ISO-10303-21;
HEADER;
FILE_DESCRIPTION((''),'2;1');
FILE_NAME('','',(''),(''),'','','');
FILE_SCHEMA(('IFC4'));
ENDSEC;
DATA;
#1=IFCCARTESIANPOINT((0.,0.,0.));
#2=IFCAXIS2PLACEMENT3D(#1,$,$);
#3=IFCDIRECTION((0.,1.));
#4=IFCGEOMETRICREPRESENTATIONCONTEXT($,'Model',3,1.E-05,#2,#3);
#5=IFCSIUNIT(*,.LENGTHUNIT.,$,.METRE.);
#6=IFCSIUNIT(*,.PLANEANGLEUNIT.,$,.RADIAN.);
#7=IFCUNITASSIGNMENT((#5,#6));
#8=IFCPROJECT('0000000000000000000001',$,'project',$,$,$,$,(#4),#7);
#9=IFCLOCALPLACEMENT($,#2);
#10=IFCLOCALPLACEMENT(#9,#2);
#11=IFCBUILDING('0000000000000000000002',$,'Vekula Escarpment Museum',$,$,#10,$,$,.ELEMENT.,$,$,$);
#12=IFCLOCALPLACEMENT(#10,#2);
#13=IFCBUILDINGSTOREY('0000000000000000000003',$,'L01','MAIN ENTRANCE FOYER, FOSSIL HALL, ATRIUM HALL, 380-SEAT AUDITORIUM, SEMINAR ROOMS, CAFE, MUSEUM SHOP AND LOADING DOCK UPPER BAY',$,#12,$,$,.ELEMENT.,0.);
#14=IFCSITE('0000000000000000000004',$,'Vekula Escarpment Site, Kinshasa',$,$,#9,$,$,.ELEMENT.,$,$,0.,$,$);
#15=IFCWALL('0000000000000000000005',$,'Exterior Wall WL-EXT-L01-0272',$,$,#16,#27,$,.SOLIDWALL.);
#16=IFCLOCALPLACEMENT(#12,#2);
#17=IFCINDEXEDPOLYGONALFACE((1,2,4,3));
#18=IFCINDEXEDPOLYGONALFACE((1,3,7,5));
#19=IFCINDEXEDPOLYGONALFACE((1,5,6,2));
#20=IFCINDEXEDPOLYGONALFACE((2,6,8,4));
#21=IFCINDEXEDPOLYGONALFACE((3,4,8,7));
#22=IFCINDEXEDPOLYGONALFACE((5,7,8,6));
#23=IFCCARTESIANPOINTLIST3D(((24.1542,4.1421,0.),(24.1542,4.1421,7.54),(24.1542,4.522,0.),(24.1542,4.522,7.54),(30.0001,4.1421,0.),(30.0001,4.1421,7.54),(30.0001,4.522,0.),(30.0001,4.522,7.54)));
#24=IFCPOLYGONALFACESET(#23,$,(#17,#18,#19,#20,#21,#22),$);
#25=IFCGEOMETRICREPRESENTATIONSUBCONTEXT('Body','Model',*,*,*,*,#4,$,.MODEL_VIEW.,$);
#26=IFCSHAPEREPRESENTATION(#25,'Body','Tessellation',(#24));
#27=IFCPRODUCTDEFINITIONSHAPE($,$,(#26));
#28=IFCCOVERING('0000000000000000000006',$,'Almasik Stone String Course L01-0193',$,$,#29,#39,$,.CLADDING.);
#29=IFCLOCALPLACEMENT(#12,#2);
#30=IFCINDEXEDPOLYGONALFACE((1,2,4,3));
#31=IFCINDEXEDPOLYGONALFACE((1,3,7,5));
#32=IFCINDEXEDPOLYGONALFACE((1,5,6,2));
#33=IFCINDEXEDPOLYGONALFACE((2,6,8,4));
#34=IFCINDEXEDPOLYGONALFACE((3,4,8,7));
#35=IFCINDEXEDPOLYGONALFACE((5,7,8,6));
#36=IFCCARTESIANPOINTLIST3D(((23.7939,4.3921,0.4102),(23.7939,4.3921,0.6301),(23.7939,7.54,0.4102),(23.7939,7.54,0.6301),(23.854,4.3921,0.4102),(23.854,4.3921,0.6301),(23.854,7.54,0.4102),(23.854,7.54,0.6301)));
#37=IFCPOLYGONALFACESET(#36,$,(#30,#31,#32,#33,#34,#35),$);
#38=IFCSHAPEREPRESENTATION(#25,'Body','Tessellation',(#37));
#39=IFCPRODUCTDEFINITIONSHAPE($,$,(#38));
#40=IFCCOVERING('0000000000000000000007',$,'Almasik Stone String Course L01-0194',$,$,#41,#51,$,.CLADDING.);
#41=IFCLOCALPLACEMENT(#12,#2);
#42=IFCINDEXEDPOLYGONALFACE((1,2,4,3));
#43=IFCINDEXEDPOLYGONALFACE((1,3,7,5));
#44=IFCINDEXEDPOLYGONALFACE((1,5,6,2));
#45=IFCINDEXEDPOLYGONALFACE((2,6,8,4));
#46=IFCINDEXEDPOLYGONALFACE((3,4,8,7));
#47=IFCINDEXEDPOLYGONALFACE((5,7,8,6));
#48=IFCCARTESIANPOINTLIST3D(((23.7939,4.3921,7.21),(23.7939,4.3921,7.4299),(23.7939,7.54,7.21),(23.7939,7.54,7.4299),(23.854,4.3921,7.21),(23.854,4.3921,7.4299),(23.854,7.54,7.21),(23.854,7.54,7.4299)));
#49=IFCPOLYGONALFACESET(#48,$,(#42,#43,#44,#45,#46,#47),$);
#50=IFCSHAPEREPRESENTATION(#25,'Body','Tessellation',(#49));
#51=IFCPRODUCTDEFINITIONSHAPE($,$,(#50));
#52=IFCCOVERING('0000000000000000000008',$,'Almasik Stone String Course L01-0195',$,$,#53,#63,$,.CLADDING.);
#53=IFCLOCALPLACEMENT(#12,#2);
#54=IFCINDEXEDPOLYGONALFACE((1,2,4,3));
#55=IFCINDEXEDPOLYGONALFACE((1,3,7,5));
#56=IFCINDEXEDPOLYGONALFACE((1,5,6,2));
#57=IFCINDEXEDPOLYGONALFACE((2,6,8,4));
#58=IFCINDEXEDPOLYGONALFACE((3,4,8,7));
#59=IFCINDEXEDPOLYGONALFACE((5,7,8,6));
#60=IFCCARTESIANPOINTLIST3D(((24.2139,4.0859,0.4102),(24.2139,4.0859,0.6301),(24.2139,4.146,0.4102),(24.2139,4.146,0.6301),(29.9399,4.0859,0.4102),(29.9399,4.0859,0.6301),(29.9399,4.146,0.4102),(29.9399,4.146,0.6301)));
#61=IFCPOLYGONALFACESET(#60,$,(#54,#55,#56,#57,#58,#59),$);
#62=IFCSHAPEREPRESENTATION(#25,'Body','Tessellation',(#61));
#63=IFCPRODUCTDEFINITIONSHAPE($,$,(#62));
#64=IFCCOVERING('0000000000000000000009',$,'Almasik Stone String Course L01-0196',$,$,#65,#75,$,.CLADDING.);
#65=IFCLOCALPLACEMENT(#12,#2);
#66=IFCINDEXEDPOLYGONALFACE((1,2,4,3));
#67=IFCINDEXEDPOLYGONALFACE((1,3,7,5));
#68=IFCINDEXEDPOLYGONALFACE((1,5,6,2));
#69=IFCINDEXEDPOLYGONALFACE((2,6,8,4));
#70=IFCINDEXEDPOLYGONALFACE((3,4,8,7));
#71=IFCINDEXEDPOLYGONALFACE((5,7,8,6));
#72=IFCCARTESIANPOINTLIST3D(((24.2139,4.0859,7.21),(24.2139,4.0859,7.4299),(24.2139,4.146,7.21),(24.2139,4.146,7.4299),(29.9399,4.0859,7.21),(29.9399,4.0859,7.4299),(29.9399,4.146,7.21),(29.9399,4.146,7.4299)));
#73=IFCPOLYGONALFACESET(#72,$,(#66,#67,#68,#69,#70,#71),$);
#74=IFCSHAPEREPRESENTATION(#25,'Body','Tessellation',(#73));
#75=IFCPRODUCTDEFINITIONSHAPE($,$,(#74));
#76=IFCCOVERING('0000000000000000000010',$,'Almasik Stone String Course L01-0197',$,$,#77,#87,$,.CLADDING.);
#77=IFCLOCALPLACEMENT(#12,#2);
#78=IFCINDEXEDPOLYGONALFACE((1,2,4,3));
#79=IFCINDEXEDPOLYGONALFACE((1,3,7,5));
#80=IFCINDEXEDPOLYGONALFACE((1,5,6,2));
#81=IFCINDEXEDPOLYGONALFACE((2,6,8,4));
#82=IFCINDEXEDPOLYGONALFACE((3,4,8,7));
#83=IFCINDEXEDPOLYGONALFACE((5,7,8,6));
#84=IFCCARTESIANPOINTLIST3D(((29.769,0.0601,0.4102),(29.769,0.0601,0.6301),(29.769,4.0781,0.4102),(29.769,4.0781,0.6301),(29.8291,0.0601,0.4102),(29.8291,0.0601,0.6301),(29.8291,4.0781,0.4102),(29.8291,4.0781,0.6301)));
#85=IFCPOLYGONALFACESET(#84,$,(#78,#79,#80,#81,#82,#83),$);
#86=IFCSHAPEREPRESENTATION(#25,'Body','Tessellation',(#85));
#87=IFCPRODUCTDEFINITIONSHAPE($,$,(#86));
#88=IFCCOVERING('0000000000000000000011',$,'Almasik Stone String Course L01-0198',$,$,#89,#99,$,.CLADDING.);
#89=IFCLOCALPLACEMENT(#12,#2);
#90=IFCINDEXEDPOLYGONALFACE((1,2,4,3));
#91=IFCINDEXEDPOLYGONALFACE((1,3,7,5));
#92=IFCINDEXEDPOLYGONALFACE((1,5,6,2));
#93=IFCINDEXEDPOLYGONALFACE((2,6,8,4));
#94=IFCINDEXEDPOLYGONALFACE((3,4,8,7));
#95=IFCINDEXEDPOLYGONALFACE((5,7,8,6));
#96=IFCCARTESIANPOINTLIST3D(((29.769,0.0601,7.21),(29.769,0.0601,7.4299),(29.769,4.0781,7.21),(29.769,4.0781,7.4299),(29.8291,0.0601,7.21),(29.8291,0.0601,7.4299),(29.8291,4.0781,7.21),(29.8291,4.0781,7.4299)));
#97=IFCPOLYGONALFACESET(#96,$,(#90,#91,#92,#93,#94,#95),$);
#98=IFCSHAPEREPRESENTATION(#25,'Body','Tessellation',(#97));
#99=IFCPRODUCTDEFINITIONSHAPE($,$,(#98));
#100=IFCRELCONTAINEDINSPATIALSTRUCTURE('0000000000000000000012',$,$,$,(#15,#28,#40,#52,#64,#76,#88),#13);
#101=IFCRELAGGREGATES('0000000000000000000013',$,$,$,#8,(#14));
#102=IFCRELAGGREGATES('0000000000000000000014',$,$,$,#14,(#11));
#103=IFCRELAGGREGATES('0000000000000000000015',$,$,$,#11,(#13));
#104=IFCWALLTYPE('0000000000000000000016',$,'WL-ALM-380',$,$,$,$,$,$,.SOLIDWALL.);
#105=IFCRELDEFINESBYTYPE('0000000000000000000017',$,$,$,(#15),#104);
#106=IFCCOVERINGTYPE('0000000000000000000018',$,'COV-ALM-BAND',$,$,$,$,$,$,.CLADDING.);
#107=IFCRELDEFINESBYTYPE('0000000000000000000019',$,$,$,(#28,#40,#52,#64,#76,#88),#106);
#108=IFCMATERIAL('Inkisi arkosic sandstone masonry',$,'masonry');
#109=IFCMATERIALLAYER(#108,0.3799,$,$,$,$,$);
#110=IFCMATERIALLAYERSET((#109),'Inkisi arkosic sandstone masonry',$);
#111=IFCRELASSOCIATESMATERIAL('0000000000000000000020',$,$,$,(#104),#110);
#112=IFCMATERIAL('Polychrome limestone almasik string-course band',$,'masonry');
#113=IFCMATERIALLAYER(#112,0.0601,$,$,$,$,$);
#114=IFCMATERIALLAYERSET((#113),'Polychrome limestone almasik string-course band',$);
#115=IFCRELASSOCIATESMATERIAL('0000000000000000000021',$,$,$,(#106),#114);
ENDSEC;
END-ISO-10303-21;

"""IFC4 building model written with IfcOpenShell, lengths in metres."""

from ifc_helpers import new_model, si_unit, direction, frame, frame_2d, origin, origin_2d, place, context, subcontext, project, spatial, rectangle, extrude, material, layer, layer_set, type_object, element, save


model = new_model("IFC4")

# Units and contexts
model_context = context("Model", 3, precision=1e-05, world=origin(), true_north=direction((0.0, 1.0)))
body_context = subcontext(model_context, "Body", "Model", "MODEL_VIEW")
ifc_project = project(units=[si_unit("LENGTHUNIT", "METRE"), si_unit("PLANEANGLEUNIT", "RADIAN")], contexts=[model_context])

# Site, building, storey
site_placement = place(None, origin())
site = spatial("IfcSite", under=ifc_project, at=site_placement, Name="Vekula Escarpment Site, Kinshasa", CompositionType="ELEMENT", RefElevation=0.0)
building_placement = place(site_placement, origin())
building = spatial("IfcBuilding", under=site, at=building_placement, Name="Vekula Escarpment Museum", CompositionType="ELEMENT")
storey_placement = place(building_placement, origin())
storey = spatial("IfcBuildingStorey", under=building, at=storey_placement, Name="L01", Description="MAIN ENTRANCE FOYER, FOSSIL HALL, ATRIUM HALL, 380-SEAT AUDITORIUM, SEMINAR ROOMS, CAFE, MUSEUM SHOP AND LOADING DOCK UPPER BAY", CompositionType="ELEMENT", Elevation=0.0)

# Wall
ifc_material_1 = material(Name="Inkisi arkosic sandstone masonry", Category="masonry")
ifc_layer_1 = layer(ifc_material_1, 0.3799)
ifc_layer_set_1 = layer_set([ifc_layer_1], Name="Inkisi arkosic sandstone masonry")
wall_type_1 = type_object("IfcWallType", Name="WL-ALM-380", PredefinedType="SOLIDWALL", material=ifc_layer_set_1)
wall_1_placement = place(storey_placement, frame((30.0, 4.332, 0.0), z_axis=(0.0, 0.0, 1.0), x_axis=(-1.0, 0.0, 0.0)))
element("IfcWall", 1, at=wall_1_placement, inside=storey, type_object=wall_type_1, Name="Exterior Wall WL-EXT-L01-0272", PredefinedType="SOLIDWALL", context=body_context, shape_type="SweptSolid", body=[
    extrude(rectangle(XDim=5.8459, YDim=0.3799, at=frame_2d((2.9229, 0.0))), origin(), (0.0, 0.0, 1.0), 7.54),
])

# Coverings
ifc_material_2 = material(Name="Polychrome limestone almasik string-course band", Category="masonry")
ifc_layer_2 = layer(ifc_material_2, 0.0601)
ifc_layer_set_2 = layer_set([ifc_layer_2], Name="Polychrome limestone almasik string-course band")
covering_type = type_object("IfcCoveringType", Name="COV-ALM-BAND", PredefinedType="CLADDING", material=ifc_layer_set_2)
for number, where, z_axis, x_axis, name in (
    (2, (23.824, 5.9661, 0.4102), (0.0, 0.0, 1.0), (0.0, 1.0, 0.0), "Almasik Stone String Course L01-0193"),
    (3, (23.824, 5.9661, 7.21), (0.0, 0.0, 1.0), (0.0, 1.0, 0.0), "Almasik Stone String Course L01-0194"),
):
    element("IfcCovering", number, at=place(storey_placement, frame(where, z_axis=z_axis, x_axis=x_axis)), inside=storey, type_object=covering_type, Name=name, PredefinedType="CLADDING", context=body_context, shape_type="SweptSolid", body=[
        extrude(rectangle(XDim=3.1479, YDim=0.0601, at=origin_2d()), origin(), (0.0, 0.0, 1.0), 0.22),
    ])
for number, where, z_axis, x_axis, name in (
    (4, (27.0769, 4.116, 0.4102), (0.0, 0.0, 1.0), (1.0, 0.0, 0.0), "Almasik Stone String Course L01-0195"),
    (5, (27.0769, 4.116, 7.21), (0.0, 0.0, 1.0), (1.0, 0.0, 0.0), "Almasik Stone String Course L01-0196"),
):
    element("IfcCovering", number, at=place(storey_placement, frame(where, z_axis=z_axis, x_axis=x_axis)), inside=storey, type_object=covering_type, Name=name, PredefinedType="CLADDING", context=body_context, shape_type="SweptSolid", body=[
        extrude(rectangle(XDim=5.7261, YDim=0.0601, at=origin_2d()), origin(), (0.0, 0.0, 1.0), 0.22),
    ])
for number, where, z_axis, x_axis, name in (
    (6, (29.7991, 2.0691, 0.4102), (0.0, 0.0, 1.0), (0.0, 1.0, 0.0), "Almasik Stone String Course L01-0197"),
    (7, (29.7991, 2.0691, 7.21), (0.0, 0.0, 1.0), (0.0, 1.0, 0.0), "Almasik Stone String Course L01-0198"),
):
    element("IfcCovering", number, at=place(storey_placement, frame(where, z_axis=z_axis, x_axis=x_axis)), inside=storey, type_object=covering_type, Name=name, PredefinedType="CLADDING", context=body_context, shape_type="SweptSolid", body=[
        extrude(rectangle(XDim=4.0181, YDim=0.0601, at=origin_2d()), origin(), (0.0, 0.0, 1.0), 0.22),
    ])

save(model, "model.ifc")
